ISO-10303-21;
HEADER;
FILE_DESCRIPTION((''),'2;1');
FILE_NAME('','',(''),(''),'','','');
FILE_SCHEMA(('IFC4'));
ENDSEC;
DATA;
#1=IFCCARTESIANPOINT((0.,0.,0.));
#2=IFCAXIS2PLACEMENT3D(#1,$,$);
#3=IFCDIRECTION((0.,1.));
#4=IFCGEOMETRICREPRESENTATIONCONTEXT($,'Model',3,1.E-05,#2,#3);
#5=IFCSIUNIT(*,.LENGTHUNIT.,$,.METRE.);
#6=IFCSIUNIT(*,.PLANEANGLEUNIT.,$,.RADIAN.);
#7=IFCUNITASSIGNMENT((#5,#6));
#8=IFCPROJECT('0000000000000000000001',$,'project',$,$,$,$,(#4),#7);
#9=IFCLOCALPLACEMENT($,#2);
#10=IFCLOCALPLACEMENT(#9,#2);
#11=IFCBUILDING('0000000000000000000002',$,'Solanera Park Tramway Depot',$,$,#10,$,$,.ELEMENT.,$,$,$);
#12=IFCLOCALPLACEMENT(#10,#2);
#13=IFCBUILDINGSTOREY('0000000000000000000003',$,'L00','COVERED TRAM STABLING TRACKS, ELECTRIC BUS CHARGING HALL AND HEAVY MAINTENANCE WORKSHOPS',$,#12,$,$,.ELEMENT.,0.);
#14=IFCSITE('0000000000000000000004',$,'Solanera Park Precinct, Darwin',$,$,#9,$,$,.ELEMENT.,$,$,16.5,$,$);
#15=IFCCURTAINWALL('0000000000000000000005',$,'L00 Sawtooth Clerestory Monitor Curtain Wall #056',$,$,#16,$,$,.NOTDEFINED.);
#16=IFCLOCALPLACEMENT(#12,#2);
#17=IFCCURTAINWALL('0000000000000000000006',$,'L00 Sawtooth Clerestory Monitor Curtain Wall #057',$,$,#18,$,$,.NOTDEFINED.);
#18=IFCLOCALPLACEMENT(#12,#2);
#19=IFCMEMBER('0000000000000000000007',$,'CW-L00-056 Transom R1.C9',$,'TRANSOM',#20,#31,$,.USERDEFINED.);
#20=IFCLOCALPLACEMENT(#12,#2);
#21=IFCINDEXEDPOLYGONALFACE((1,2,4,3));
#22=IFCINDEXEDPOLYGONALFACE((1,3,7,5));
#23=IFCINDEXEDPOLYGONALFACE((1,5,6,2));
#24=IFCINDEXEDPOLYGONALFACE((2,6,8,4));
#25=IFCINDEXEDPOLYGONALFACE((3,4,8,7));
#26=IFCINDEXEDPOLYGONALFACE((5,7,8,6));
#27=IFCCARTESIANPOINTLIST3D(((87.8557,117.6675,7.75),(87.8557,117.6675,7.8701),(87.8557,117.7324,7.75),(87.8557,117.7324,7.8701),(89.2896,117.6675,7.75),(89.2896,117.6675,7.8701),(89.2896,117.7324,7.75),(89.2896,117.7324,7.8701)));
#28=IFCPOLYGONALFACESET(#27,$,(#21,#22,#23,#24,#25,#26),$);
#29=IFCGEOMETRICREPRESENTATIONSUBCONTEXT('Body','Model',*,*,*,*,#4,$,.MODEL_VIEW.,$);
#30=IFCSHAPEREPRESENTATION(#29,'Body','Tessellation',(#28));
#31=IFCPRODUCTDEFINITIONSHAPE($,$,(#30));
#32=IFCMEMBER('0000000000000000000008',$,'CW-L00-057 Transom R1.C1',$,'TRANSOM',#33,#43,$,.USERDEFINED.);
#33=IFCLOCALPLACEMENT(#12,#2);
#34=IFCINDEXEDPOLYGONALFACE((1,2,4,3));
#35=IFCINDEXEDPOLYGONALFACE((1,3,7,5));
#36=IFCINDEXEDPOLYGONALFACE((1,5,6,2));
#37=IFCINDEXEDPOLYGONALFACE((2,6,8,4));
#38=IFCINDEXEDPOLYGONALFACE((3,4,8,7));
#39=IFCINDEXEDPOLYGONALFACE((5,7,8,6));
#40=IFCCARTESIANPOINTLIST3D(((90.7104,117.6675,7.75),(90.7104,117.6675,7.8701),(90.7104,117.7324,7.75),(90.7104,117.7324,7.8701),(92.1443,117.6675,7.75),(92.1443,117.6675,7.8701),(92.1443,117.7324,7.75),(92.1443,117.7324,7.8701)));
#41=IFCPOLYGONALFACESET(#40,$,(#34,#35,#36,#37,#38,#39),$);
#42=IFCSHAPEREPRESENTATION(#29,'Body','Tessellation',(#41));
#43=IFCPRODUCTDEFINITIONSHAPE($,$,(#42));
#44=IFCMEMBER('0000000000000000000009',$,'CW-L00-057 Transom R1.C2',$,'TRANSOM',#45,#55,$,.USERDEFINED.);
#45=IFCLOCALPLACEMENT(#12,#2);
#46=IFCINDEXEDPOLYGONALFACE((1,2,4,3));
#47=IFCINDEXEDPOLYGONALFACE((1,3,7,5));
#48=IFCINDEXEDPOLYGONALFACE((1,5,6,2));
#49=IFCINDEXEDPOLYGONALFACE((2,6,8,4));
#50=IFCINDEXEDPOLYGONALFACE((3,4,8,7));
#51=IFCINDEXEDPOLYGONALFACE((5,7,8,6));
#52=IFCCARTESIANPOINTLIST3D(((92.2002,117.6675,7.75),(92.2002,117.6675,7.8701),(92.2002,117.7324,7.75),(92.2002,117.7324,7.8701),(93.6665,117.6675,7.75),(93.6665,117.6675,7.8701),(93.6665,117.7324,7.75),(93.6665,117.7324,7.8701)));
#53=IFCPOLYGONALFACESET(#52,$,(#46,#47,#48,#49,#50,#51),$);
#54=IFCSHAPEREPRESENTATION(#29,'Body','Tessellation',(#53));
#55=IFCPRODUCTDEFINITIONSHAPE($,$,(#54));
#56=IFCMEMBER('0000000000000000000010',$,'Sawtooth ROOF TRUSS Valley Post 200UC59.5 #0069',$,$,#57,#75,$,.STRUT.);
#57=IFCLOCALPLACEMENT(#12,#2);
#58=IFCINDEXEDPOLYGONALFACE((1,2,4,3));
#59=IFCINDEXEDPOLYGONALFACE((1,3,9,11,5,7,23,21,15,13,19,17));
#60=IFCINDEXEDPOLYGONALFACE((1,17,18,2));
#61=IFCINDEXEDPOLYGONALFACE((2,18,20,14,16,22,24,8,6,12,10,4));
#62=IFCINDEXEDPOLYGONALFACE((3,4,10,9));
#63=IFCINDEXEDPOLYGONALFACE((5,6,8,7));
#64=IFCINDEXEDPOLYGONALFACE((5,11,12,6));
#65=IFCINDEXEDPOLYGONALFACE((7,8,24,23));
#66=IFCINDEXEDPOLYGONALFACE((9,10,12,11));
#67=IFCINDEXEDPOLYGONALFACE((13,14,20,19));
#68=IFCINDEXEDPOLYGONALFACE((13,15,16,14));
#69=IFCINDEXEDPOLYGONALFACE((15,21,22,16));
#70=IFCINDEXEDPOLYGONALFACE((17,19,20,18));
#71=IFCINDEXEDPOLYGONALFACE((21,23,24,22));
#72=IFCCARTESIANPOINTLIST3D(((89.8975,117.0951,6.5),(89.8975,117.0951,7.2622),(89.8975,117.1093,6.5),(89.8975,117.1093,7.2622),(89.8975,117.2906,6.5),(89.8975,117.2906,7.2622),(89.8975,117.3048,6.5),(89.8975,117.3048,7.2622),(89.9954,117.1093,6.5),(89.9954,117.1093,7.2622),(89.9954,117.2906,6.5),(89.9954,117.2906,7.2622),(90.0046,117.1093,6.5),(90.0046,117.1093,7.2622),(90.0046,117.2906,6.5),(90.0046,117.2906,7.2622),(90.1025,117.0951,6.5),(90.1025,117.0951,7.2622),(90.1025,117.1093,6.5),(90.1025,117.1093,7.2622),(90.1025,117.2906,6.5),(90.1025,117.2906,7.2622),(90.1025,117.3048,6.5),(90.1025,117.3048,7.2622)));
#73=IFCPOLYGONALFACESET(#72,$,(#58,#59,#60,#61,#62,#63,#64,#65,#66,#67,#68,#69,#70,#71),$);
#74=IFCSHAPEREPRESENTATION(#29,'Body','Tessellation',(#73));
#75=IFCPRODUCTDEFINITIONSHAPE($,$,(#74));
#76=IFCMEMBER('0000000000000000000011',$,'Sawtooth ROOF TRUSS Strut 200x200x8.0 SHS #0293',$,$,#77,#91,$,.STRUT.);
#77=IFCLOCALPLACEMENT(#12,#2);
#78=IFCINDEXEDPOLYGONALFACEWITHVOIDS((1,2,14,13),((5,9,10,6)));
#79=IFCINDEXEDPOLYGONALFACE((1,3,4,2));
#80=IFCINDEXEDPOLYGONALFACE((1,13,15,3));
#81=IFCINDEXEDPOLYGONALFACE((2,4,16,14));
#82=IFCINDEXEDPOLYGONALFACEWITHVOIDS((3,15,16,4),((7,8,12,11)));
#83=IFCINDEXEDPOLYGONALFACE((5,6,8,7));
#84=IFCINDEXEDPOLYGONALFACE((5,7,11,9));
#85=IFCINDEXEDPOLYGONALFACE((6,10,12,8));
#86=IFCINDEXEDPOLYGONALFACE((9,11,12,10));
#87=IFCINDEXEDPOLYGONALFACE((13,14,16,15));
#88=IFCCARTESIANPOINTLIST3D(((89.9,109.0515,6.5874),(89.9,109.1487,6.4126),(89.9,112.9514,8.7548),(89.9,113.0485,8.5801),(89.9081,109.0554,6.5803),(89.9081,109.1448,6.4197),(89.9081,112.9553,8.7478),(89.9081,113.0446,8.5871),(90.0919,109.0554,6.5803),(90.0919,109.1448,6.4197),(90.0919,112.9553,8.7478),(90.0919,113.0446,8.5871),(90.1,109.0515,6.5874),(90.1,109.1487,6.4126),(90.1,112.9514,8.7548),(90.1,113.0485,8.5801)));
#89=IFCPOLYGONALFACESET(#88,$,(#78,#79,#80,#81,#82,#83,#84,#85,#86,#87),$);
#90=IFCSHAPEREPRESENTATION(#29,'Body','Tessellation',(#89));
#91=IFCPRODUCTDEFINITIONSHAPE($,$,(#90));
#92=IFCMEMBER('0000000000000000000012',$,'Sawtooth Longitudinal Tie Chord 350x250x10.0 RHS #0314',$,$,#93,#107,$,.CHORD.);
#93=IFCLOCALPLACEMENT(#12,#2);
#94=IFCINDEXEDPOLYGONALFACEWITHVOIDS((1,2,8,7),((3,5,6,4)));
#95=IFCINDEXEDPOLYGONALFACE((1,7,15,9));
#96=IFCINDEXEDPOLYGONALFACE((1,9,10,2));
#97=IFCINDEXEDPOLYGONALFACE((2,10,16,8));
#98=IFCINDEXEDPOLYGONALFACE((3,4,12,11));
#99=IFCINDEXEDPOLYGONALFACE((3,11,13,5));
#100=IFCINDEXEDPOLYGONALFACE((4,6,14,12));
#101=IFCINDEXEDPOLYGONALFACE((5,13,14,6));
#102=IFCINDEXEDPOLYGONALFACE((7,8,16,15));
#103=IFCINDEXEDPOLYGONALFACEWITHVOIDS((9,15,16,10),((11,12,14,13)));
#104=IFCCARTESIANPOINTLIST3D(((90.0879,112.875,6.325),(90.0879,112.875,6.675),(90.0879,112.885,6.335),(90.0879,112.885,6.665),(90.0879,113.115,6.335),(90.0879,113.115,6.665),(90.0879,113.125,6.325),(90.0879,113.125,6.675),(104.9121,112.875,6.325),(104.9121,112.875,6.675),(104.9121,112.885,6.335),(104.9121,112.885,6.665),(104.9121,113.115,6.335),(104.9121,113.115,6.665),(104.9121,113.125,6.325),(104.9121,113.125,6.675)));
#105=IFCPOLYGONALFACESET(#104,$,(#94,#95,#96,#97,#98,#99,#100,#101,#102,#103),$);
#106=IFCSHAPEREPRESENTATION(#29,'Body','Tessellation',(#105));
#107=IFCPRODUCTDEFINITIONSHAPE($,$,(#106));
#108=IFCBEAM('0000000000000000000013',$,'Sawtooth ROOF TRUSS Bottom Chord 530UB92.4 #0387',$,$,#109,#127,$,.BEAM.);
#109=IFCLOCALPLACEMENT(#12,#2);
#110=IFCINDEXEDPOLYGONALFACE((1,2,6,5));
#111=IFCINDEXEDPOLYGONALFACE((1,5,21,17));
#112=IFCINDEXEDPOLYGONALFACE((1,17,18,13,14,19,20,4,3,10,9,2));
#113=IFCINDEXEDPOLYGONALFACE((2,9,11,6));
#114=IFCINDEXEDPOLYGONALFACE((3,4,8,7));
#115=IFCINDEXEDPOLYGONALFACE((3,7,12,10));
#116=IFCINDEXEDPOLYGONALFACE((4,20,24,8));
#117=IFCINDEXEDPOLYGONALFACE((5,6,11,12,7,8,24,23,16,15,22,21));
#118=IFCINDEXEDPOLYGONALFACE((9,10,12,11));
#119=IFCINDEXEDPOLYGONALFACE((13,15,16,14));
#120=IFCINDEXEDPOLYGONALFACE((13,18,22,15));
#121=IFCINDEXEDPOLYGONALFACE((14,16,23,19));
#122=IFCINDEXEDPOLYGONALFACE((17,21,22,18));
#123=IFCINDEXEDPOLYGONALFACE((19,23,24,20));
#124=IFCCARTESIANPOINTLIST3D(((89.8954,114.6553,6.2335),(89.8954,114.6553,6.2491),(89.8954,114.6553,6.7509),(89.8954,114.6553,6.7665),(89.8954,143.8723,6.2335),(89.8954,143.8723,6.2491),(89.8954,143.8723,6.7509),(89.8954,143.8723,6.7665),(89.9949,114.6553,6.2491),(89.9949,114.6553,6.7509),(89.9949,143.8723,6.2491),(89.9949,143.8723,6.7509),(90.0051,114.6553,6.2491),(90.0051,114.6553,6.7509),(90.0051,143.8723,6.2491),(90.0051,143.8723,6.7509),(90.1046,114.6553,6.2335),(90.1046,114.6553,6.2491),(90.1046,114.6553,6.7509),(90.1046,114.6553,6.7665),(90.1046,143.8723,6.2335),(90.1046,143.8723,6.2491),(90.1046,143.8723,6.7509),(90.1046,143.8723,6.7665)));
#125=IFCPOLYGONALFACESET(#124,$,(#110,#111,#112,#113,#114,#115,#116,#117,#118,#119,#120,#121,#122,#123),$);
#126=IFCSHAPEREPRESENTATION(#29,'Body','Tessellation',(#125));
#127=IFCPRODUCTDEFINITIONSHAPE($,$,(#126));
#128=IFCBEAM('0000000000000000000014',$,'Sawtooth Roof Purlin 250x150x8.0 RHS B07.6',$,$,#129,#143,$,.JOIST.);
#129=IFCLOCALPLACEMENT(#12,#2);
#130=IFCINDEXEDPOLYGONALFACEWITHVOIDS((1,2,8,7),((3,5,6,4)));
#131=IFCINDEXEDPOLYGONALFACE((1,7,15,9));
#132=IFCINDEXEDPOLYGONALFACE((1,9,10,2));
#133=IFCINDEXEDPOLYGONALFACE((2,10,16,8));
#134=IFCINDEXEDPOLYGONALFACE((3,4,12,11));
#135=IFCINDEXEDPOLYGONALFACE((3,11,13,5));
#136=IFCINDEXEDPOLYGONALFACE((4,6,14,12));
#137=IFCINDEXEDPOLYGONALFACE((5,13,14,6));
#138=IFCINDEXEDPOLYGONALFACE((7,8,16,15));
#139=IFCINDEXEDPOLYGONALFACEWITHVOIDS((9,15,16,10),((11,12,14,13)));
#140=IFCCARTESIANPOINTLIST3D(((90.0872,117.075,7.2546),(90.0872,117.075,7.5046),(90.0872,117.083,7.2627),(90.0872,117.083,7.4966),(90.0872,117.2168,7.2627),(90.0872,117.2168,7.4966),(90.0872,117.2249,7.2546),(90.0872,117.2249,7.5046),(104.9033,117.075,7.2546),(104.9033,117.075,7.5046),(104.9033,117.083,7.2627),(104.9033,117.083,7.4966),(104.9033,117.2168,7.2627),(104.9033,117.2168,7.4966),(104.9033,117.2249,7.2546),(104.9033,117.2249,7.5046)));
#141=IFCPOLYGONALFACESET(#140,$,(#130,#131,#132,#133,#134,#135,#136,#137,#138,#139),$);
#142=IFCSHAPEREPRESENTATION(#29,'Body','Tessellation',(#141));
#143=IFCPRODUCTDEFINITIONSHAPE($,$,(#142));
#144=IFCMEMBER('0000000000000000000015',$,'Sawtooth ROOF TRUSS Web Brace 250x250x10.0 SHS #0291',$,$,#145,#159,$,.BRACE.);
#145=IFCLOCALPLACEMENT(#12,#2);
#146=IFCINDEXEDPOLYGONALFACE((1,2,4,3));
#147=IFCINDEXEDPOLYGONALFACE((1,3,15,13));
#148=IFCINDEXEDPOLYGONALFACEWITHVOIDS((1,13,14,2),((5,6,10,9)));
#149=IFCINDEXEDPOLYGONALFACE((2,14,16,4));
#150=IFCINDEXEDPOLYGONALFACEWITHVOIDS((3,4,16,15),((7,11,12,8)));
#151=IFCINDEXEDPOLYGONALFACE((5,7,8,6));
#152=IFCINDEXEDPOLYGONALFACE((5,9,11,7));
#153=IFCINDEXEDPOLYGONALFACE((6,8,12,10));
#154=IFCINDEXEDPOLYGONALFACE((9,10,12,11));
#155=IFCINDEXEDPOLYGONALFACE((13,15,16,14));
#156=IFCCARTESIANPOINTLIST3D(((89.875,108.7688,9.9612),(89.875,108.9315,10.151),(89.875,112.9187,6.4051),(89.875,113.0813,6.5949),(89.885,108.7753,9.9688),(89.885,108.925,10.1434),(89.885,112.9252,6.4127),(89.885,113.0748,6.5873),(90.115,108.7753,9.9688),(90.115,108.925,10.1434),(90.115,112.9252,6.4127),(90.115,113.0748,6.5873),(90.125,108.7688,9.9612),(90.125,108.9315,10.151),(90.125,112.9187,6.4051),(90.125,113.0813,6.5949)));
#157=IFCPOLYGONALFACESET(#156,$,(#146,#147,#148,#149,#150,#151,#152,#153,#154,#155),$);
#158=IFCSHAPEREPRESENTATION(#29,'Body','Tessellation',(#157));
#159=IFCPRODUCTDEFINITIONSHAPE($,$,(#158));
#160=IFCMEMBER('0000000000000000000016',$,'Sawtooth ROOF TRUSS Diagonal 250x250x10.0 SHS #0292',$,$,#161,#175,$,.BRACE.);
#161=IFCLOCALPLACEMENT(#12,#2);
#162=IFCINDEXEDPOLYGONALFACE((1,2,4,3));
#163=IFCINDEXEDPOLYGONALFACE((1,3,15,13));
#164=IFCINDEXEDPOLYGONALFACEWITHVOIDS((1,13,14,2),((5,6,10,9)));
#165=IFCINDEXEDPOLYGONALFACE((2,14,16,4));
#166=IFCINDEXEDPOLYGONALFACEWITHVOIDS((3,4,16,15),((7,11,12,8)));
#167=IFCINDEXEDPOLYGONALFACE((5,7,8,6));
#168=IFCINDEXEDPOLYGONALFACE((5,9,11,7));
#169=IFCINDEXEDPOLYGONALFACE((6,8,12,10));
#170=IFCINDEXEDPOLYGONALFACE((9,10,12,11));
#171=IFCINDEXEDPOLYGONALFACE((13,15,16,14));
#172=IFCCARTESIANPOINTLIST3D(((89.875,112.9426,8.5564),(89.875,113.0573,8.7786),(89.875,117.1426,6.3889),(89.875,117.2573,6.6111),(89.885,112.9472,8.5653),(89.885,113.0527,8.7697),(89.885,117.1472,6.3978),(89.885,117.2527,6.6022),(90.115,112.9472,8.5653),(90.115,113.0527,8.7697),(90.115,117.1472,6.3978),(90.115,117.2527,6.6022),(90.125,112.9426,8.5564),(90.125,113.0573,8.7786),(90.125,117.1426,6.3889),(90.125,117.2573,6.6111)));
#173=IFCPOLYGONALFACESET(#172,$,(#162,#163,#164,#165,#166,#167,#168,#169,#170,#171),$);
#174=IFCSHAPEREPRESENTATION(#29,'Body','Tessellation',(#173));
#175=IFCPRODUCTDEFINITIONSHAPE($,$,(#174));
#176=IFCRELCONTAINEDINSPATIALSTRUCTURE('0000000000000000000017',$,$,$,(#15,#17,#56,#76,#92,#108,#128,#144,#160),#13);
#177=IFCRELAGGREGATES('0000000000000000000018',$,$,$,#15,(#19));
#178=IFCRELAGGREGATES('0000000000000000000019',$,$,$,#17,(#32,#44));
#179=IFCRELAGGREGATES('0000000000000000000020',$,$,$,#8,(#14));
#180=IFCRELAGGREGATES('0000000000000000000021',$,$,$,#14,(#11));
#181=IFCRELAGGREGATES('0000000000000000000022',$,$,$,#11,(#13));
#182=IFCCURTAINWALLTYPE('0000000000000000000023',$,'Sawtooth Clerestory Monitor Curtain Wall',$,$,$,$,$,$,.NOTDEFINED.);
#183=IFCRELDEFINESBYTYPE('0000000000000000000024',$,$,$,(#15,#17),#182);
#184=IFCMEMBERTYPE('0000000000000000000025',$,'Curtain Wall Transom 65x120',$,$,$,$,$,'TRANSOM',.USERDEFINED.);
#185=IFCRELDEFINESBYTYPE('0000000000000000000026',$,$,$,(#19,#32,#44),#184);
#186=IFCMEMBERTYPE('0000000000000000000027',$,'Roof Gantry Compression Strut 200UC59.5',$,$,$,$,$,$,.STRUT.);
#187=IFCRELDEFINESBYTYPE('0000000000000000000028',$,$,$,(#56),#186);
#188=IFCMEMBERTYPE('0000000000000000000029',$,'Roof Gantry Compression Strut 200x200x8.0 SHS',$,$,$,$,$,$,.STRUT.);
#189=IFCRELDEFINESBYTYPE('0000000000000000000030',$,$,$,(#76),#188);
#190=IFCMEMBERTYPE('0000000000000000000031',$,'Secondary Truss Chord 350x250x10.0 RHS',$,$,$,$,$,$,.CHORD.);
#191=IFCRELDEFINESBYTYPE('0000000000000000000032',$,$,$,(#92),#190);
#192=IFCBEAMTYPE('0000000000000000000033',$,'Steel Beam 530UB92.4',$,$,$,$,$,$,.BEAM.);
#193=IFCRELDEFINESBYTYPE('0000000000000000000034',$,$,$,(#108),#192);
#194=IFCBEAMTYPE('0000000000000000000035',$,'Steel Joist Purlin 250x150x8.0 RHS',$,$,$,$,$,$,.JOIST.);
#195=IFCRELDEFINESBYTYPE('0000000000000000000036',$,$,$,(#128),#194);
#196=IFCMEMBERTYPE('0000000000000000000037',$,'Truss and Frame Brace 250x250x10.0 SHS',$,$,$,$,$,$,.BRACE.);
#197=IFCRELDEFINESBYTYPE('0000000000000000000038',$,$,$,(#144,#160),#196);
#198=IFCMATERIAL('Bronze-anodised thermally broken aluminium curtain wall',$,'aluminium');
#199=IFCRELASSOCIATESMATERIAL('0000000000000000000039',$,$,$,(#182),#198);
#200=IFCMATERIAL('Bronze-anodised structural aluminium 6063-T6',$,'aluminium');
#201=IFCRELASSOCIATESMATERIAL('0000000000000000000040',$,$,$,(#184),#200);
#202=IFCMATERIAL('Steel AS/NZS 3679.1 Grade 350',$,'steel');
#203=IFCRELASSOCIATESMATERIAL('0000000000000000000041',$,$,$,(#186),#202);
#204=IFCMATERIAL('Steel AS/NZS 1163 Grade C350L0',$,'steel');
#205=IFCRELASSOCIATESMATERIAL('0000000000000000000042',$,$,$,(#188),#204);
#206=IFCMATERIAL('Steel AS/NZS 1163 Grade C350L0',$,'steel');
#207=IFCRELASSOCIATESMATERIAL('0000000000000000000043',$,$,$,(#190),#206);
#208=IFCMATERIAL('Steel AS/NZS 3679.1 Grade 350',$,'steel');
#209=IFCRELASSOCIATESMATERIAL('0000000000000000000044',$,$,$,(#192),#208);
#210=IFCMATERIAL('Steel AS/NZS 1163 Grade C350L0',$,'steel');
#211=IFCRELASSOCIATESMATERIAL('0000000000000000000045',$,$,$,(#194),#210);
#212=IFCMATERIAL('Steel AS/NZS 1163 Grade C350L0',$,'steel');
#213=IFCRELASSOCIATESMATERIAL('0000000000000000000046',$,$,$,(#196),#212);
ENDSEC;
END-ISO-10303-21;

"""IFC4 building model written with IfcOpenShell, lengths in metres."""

from ifc_helpers import new_model, si_unit, direction, frame, origin, origin_2d, place, context, subcontext, project, spatial, rectangle, hollow_rectangle, i_section, extrude, material, material_profile, profile_set, type_object, element, aggregate, save


model = new_model("IFC4")

# Units and contexts
model_context = context("Model", 3, precision=1e-05, world=origin(), true_north=direction((0.0, 1.0)))
body_context = subcontext(model_context, "Body", "Model", "MODEL_VIEW")
ifc_project = project(units=[si_unit("LENGTHUNIT", "METRE"), si_unit("PLANEANGLEUNIT", "RADIAN")], contexts=[model_context])

# Site, building, storey
site_placement = place(None, origin())
site = spatial("IfcSite", under=ifc_project, at=site_placement, Name="Solanera Park Precinct, Darwin", CompositionType="ELEMENT", RefElevation=16.5)
building_placement = place(site_placement, origin())
building = spatial("IfcBuilding", under=site, at=building_placement, Name="Solanera Park Tramway Depot", CompositionType="ELEMENT")
storey_placement = place(building_placement, origin())
storey = spatial("IfcBuildingStorey", under=building, at=storey_placement, Name="L00", Description="COVERED TRAM STABLING TRACKS, ELECTRIC BUS CHARGING HALL AND HEAVY MAINTENANCE WORKSHOPS", CompositionType="ELEMENT", Elevation=0.0)

# Curtain walls
ifc_material_1 = material(Name="Bronze-anodised thermally broken aluminium curtain wall", Category="aluminium")
curtain_wall_type = type_object("IfcCurtainWallType", Name="Sawtooth Clerestory Monitor Curtain Wall", PredefinedType="NOTDEFINED", material=ifc_material_1)
curtain_wall_1_placement = place(storey_placement, origin())
curtain_wall_1 = element("IfcCurtainWall", 1, at=curtain_wall_1_placement, inside=storey, type_object=curtain_wall_type, Name="L00 Sawtooth Clerestory Monitor Curtain Wall #056", PredefinedType="NOTDEFINED")
curtain_wall_2_placement = place(storey_placement, origin())
curtain_wall_2 = element("IfcCurtainWall", 2, at=curtain_wall_2_placement, inside=storey, type_object=curtain_wall_type, Name="L00 Sawtooth Clerestory Monitor Curtain Wall #057", PredefinedType="NOTDEFINED")

# Members
ifc_material_2 = material(Name="Bronze-anodised structural aluminium 6063-T6", Category="aluminium")
ifc_material_profile_1 = material_profile(ifc_material_2, rectangle(XDim=0.0649, YDim=0.1201, at=origin_2d()), Name="Curtain Wall Transom 65x120")
ifc_profile_set_1 = profile_set([ifc_material_profile_1], Name="Bronze-anodised structural aluminium 6063-T6")
member_type_1 = type_object("IfcMemberType", Name="Curtain Wall Transom 65x120", ElementType="TRANSOM", PredefinedType="USERDEFINED", material=ifc_profile_set_1)
member_1_placement = place(storey_placement, frame((87.8557, 117.7, 7.8101), z_axis=(1.0, 0.0, 0.0), x_axis=(0.0, 1.0, 0.0)))
member_1 = element("IfcMember", 3, at=member_1_placement, type_object=member_type_1, Name="CW-L00-056 Transom R1.C9", ObjectType="TRANSOM", PredefinedType="USERDEFINED", context=body_context, shape_type="SweptSolid", body=[
    extrude(rectangle(XDim=0.0649, YDim=0.1201, at=origin_2d()), origin(), (0.0, 0.0, 1.0), 1.4338),
])
aggregate(curtain_wall_1, [member_1])
member_2_placement = place(storey_placement, frame((90.7104, 117.7, 7.8101), z_axis=(1.0, 0.0, 0.0), x_axis=(0.0, 1.0, 0.0)))
member_2 = element("IfcMember", 4, at=member_2_placement, type_object=member_type_1, Name="CW-L00-057 Transom R1.C1", ObjectType="TRANSOM", PredefinedType="USERDEFINED", context=body_context, shape_type="SweptSolid", body=[
    extrude(rectangle(XDim=0.0649, YDim=0.1201, at=origin_2d()), origin(), (0.0, 0.0, 1.0), 1.4338),
])
member_3_placement = place(storey_placement, frame((92.2002, 117.7, 7.8101), z_axis=(1.0, 0.0, 0.0), x_axis=(0.0, 1.0, 0.0)))
member_3 = element("IfcMember", 5, at=member_3_placement, type_object=member_type_1, Name="CW-L00-057 Transom R1.C2", ObjectType="TRANSOM", PredefinedType="USERDEFINED", context=body_context, shape_type="SweptSolid", body=[
    extrude(rectangle(XDim=0.0649, YDim=0.1201, at=origin_2d()), origin(), (0.0, 0.0, 1.0), 1.4663),
])
aggregate(curtain_wall_2, [member_2, member_3])

# Members
ifc_material_3 = material(Name="Steel AS/NZS 3679.1 Grade 350", Category="steel")
ifc_material_profile_2 = material_profile(ifc_material_3, i_section(OverallWidth=0.2051, OverallDepth=0.2097, WebThickness=0.0093, FlangeThickness=0.0142, at=origin_2d()), Name="200UC59.5")
ifc_profile_set_2 = profile_set([ifc_material_profile_2], Name="Steel AS/NZS 3679.1 Grade 350")
member_type_2 = type_object("IfcMemberType", Name="Roof Gantry Compression Strut 200UC59.5", PredefinedType="STRUT", material=ifc_profile_set_2)
member_4_placement = place(storey_placement, frame((90.0, 117.2, 6.5), z_axis=(0.0, 0.0, 1.0), x_axis=(1.0, 0.0, 0.0)))
element("IfcMember", 6, at=member_4_placement, inside=storey, type_object=member_type_2, Name="Sawtooth ROOF TRUSS Valley Post 200UC59.5 #0069", PredefinedType="STRUT", context=body_context, shape_type="SweptSolid", body=[
    extrude(i_section(OverallWidth=0.2051, OverallDepth=0.2097, WebThickness=0.0093, FlangeThickness=0.0142, at=origin_2d()), origin(), (0.0, 0.0, 1.0), 0.7622),
])
ifc_material_4 = material(Name="Steel AS/NZS 1163 Grade C350L0", Category="steel")
ifc_material_profile_3 = material_profile(ifc_material_4, hollow_rectangle(XDim=0.2, YDim=0.2, WallThickness=0.0081, at=origin_2d()), Name="200x200x8.0 SHS")
ifc_profile_set_3 = profile_set([ifc_material_profile_3], Name="Steel AS/NZS 1163 Grade C350L0")
member_type_3 = type_object("IfcMemberType", Name="Roof Gantry Compression Strut 200x200x8.0 SHS", PredefinedType="STRUT", material=ifc_profile_set_3)
member_5_placement = place(storey_placement, frame((90.0, 109.1001, 6.5), z_axis=(0.0, 0.874075, 0.485792), x_axis=(-1.0, 0.0, 0.0)))
element("IfcMember", 7, at=member_5_placement, inside=storey, type_object=member_type_3, Name="Sawtooth ROOF TRUSS Strut 200x200x8.0 SHS #0293", PredefinedType="STRUT", context=body_context, shape_type="SweptSolid", body=[
    extrude(hollow_rectangle(XDim=0.2, YDim=0.2, WallThickness=0.0081, at=origin_2d()), origin(), (0.0, 0.0, 1.0), 4.4617),
])
ifc_material_5 = material(Name="Steel AS/NZS 1163 Grade C350L0", Category="steel")
ifc_material_profile_4 = material_profile(ifc_material_5, hollow_rectangle(XDim=0.25, YDim=0.3501, WallThickness=0.01, at=origin_2d()), Name="350x250x10.0 RHS")
ifc_profile_set_4 = profile_set([ifc_material_profile_4], Name="Steel AS/NZS 1163 Grade C350L0")
member_type_4 = type_object("IfcMemberType", Name="Secondary Truss Chord 350x250x10.0 RHS", PredefinedType="CHORD", material=ifc_profile_set_4)
member_6_placement = place(storey_placement, frame((90.0879, 113.0, 6.5), z_axis=(1.0, 0.0, 0.0), x_axis=(0.0, 1.0, 0.0)))
element("IfcMember", 8, at=member_6_placement, inside=storey, type_object=member_type_4, Name="Sawtooth Longitudinal Tie Chord 350x250x10.0 RHS #0314", PredefinedType="CHORD", context=body_context, shape_type="SweptSolid", body=[
    extrude(hollow_rectangle(XDim=0.25, YDim=0.3501, WallThickness=0.01, at=origin_2d()), origin(), (0.0, 0.0, 1.0), 14.8242),
])

# Beams
ifc_material_6 = material(Name="Steel AS/NZS 3679.1 Grade 350", Category="steel")
ifc_material_profile_5 = material_profile(ifc_material_6, i_section(OverallWidth=0.2092, OverallDepth=0.533, WebThickness=0.0103, FlangeThickness=0.0156, at=origin_2d()), Name="530UB92.4")
ifc_profile_set_5 = profile_set([ifc_material_profile_5], Name="Steel AS/NZS 3679.1 Grade 350")
beam_type_1 = type_object("IfcBeamType", Name="Steel Beam 530UB92.4", PredefinedType="BEAM", material=ifc_profile_set_5)
beam_1_placement = place(storey_placement, frame((90.0, 114.6553, 6.5), z_axis=(0.0, 1.0, 0.0), x_axis=(-1.0, 0.0, 0.0)))
element("IfcBeam", 9, at=beam_1_placement, inside=storey, type_object=beam_type_1, Name="Sawtooth ROOF TRUSS Bottom Chord 530UB92.4 #0387", PredefinedType="BEAM", context=body_context, shape_type="SweptSolid", body=[
    extrude(i_section(OverallWidth=0.2092, OverallDepth=0.533, WebThickness=0.0103, FlangeThickness=0.0156, at=origin_2d()), origin(), (0.0, 0.0, 1.0), 29.217),
])
ifc_material_7 = material(Name="Steel AS/NZS 1163 Grade C350L0", Category="steel")
ifc_material_profile_6 = material_profile(ifc_material_7, hollow_rectangle(XDim=0.1499, YDim=0.25, WallThickness=0.0081, at=origin_2d()), Name="250x150x8.0 RHS")
ifc_profile_set_6 = profile_set([ifc_material_profile_6], Name="Steel AS/NZS 1163 Grade C350L0")
beam_type_2 = type_object("IfcBeamType", Name="Steel Joist Purlin 250x150x8.0 RHS", PredefinedType="JOIST", material=ifc_profile_set_6)
beam_2_placement = place(storey_placement, frame((90.0872, 117.1499, 7.3796), z_axis=(1.0, 0.0, 0.0), x_axis=(0.0, 1.0, 0.0)))
element("IfcBeam", 10, at=beam_2_placement, inside=storey, type_object=beam_type_2, Name="Sawtooth Roof Purlin 250x150x8.0 RHS B07.6", PredefinedType="JOIST", context=body_context, shape_type="SweptSolid", body=[
    extrude(hollow_rectangle(XDim=0.1499, YDim=0.25, WallThickness=0.0081, at=origin_2d()), origin(), (0.0, 0.0, 1.0), 14.8162),
])

# Members
ifc_material_8 = material(Name="Steel AS/NZS 1163 Grade C350L0", Category="steel")
ifc_material_profile_7 = material_profile(ifc_material_8, hollow_rectangle(XDim=0.25, YDim=0.25, WallThickness=0.01, at=origin_2d()), Name="250x250x10.0 SHS")
ifc_profile_set_7 = profile_set([ifc_material_profile_7], Name="Steel AS/NZS 1163 Grade C350L0")
member_type_5 = type_object("IfcMemberType", Name="Truss and Frame Brace 250x250x10.0 SHS", PredefinedType="BRACE", material=ifc_profile_set_7)
member_7_placement = place(storey_placement, frame((90.0, 113.0, 6.5), z_axis=(0.0, -0.759339, 0.650696), x_axis=(1.0, 0.0, 0.0)))
element("IfcMember", 11, at=member_7_placement, inside=storey, type_object=member_type_5, Name="Sawtooth ROOF TRUSS Web Brace 250x250x10.0 SHS #0291", PredefinedType="BRACE", context=body_context, shape_type="SweptSolid", body=[
    extrude(hollow_rectangle(XDim=0.25, YDim=0.25, WallThickness=0.01, at=origin_2d()), origin(), (0.0, 0.0, 1.0), 5.4651),
])
member_8_placement = place(storey_placement, frame((90.0, 117.2, 6.5), z_axis=(0.0, -0.888641, 0.458603), x_axis=(1.0, 0.0, 0.0)))
element("IfcMember", 12, at=member_8_placement, inside=storey, type_object=member_type_5, Name="Sawtooth ROOF TRUSS Diagonal 250x250x10.0 SHS #0292", PredefinedType="BRACE", context=body_context, shape_type="SweptSolid", body=[
    extrude(hollow_rectangle(XDim=0.25, YDim=0.25, WallThickness=0.01, at=origin_2d()), origin(), (0.0, 0.0, 1.0), 4.7263),
])

save(model, "model.ifc")
